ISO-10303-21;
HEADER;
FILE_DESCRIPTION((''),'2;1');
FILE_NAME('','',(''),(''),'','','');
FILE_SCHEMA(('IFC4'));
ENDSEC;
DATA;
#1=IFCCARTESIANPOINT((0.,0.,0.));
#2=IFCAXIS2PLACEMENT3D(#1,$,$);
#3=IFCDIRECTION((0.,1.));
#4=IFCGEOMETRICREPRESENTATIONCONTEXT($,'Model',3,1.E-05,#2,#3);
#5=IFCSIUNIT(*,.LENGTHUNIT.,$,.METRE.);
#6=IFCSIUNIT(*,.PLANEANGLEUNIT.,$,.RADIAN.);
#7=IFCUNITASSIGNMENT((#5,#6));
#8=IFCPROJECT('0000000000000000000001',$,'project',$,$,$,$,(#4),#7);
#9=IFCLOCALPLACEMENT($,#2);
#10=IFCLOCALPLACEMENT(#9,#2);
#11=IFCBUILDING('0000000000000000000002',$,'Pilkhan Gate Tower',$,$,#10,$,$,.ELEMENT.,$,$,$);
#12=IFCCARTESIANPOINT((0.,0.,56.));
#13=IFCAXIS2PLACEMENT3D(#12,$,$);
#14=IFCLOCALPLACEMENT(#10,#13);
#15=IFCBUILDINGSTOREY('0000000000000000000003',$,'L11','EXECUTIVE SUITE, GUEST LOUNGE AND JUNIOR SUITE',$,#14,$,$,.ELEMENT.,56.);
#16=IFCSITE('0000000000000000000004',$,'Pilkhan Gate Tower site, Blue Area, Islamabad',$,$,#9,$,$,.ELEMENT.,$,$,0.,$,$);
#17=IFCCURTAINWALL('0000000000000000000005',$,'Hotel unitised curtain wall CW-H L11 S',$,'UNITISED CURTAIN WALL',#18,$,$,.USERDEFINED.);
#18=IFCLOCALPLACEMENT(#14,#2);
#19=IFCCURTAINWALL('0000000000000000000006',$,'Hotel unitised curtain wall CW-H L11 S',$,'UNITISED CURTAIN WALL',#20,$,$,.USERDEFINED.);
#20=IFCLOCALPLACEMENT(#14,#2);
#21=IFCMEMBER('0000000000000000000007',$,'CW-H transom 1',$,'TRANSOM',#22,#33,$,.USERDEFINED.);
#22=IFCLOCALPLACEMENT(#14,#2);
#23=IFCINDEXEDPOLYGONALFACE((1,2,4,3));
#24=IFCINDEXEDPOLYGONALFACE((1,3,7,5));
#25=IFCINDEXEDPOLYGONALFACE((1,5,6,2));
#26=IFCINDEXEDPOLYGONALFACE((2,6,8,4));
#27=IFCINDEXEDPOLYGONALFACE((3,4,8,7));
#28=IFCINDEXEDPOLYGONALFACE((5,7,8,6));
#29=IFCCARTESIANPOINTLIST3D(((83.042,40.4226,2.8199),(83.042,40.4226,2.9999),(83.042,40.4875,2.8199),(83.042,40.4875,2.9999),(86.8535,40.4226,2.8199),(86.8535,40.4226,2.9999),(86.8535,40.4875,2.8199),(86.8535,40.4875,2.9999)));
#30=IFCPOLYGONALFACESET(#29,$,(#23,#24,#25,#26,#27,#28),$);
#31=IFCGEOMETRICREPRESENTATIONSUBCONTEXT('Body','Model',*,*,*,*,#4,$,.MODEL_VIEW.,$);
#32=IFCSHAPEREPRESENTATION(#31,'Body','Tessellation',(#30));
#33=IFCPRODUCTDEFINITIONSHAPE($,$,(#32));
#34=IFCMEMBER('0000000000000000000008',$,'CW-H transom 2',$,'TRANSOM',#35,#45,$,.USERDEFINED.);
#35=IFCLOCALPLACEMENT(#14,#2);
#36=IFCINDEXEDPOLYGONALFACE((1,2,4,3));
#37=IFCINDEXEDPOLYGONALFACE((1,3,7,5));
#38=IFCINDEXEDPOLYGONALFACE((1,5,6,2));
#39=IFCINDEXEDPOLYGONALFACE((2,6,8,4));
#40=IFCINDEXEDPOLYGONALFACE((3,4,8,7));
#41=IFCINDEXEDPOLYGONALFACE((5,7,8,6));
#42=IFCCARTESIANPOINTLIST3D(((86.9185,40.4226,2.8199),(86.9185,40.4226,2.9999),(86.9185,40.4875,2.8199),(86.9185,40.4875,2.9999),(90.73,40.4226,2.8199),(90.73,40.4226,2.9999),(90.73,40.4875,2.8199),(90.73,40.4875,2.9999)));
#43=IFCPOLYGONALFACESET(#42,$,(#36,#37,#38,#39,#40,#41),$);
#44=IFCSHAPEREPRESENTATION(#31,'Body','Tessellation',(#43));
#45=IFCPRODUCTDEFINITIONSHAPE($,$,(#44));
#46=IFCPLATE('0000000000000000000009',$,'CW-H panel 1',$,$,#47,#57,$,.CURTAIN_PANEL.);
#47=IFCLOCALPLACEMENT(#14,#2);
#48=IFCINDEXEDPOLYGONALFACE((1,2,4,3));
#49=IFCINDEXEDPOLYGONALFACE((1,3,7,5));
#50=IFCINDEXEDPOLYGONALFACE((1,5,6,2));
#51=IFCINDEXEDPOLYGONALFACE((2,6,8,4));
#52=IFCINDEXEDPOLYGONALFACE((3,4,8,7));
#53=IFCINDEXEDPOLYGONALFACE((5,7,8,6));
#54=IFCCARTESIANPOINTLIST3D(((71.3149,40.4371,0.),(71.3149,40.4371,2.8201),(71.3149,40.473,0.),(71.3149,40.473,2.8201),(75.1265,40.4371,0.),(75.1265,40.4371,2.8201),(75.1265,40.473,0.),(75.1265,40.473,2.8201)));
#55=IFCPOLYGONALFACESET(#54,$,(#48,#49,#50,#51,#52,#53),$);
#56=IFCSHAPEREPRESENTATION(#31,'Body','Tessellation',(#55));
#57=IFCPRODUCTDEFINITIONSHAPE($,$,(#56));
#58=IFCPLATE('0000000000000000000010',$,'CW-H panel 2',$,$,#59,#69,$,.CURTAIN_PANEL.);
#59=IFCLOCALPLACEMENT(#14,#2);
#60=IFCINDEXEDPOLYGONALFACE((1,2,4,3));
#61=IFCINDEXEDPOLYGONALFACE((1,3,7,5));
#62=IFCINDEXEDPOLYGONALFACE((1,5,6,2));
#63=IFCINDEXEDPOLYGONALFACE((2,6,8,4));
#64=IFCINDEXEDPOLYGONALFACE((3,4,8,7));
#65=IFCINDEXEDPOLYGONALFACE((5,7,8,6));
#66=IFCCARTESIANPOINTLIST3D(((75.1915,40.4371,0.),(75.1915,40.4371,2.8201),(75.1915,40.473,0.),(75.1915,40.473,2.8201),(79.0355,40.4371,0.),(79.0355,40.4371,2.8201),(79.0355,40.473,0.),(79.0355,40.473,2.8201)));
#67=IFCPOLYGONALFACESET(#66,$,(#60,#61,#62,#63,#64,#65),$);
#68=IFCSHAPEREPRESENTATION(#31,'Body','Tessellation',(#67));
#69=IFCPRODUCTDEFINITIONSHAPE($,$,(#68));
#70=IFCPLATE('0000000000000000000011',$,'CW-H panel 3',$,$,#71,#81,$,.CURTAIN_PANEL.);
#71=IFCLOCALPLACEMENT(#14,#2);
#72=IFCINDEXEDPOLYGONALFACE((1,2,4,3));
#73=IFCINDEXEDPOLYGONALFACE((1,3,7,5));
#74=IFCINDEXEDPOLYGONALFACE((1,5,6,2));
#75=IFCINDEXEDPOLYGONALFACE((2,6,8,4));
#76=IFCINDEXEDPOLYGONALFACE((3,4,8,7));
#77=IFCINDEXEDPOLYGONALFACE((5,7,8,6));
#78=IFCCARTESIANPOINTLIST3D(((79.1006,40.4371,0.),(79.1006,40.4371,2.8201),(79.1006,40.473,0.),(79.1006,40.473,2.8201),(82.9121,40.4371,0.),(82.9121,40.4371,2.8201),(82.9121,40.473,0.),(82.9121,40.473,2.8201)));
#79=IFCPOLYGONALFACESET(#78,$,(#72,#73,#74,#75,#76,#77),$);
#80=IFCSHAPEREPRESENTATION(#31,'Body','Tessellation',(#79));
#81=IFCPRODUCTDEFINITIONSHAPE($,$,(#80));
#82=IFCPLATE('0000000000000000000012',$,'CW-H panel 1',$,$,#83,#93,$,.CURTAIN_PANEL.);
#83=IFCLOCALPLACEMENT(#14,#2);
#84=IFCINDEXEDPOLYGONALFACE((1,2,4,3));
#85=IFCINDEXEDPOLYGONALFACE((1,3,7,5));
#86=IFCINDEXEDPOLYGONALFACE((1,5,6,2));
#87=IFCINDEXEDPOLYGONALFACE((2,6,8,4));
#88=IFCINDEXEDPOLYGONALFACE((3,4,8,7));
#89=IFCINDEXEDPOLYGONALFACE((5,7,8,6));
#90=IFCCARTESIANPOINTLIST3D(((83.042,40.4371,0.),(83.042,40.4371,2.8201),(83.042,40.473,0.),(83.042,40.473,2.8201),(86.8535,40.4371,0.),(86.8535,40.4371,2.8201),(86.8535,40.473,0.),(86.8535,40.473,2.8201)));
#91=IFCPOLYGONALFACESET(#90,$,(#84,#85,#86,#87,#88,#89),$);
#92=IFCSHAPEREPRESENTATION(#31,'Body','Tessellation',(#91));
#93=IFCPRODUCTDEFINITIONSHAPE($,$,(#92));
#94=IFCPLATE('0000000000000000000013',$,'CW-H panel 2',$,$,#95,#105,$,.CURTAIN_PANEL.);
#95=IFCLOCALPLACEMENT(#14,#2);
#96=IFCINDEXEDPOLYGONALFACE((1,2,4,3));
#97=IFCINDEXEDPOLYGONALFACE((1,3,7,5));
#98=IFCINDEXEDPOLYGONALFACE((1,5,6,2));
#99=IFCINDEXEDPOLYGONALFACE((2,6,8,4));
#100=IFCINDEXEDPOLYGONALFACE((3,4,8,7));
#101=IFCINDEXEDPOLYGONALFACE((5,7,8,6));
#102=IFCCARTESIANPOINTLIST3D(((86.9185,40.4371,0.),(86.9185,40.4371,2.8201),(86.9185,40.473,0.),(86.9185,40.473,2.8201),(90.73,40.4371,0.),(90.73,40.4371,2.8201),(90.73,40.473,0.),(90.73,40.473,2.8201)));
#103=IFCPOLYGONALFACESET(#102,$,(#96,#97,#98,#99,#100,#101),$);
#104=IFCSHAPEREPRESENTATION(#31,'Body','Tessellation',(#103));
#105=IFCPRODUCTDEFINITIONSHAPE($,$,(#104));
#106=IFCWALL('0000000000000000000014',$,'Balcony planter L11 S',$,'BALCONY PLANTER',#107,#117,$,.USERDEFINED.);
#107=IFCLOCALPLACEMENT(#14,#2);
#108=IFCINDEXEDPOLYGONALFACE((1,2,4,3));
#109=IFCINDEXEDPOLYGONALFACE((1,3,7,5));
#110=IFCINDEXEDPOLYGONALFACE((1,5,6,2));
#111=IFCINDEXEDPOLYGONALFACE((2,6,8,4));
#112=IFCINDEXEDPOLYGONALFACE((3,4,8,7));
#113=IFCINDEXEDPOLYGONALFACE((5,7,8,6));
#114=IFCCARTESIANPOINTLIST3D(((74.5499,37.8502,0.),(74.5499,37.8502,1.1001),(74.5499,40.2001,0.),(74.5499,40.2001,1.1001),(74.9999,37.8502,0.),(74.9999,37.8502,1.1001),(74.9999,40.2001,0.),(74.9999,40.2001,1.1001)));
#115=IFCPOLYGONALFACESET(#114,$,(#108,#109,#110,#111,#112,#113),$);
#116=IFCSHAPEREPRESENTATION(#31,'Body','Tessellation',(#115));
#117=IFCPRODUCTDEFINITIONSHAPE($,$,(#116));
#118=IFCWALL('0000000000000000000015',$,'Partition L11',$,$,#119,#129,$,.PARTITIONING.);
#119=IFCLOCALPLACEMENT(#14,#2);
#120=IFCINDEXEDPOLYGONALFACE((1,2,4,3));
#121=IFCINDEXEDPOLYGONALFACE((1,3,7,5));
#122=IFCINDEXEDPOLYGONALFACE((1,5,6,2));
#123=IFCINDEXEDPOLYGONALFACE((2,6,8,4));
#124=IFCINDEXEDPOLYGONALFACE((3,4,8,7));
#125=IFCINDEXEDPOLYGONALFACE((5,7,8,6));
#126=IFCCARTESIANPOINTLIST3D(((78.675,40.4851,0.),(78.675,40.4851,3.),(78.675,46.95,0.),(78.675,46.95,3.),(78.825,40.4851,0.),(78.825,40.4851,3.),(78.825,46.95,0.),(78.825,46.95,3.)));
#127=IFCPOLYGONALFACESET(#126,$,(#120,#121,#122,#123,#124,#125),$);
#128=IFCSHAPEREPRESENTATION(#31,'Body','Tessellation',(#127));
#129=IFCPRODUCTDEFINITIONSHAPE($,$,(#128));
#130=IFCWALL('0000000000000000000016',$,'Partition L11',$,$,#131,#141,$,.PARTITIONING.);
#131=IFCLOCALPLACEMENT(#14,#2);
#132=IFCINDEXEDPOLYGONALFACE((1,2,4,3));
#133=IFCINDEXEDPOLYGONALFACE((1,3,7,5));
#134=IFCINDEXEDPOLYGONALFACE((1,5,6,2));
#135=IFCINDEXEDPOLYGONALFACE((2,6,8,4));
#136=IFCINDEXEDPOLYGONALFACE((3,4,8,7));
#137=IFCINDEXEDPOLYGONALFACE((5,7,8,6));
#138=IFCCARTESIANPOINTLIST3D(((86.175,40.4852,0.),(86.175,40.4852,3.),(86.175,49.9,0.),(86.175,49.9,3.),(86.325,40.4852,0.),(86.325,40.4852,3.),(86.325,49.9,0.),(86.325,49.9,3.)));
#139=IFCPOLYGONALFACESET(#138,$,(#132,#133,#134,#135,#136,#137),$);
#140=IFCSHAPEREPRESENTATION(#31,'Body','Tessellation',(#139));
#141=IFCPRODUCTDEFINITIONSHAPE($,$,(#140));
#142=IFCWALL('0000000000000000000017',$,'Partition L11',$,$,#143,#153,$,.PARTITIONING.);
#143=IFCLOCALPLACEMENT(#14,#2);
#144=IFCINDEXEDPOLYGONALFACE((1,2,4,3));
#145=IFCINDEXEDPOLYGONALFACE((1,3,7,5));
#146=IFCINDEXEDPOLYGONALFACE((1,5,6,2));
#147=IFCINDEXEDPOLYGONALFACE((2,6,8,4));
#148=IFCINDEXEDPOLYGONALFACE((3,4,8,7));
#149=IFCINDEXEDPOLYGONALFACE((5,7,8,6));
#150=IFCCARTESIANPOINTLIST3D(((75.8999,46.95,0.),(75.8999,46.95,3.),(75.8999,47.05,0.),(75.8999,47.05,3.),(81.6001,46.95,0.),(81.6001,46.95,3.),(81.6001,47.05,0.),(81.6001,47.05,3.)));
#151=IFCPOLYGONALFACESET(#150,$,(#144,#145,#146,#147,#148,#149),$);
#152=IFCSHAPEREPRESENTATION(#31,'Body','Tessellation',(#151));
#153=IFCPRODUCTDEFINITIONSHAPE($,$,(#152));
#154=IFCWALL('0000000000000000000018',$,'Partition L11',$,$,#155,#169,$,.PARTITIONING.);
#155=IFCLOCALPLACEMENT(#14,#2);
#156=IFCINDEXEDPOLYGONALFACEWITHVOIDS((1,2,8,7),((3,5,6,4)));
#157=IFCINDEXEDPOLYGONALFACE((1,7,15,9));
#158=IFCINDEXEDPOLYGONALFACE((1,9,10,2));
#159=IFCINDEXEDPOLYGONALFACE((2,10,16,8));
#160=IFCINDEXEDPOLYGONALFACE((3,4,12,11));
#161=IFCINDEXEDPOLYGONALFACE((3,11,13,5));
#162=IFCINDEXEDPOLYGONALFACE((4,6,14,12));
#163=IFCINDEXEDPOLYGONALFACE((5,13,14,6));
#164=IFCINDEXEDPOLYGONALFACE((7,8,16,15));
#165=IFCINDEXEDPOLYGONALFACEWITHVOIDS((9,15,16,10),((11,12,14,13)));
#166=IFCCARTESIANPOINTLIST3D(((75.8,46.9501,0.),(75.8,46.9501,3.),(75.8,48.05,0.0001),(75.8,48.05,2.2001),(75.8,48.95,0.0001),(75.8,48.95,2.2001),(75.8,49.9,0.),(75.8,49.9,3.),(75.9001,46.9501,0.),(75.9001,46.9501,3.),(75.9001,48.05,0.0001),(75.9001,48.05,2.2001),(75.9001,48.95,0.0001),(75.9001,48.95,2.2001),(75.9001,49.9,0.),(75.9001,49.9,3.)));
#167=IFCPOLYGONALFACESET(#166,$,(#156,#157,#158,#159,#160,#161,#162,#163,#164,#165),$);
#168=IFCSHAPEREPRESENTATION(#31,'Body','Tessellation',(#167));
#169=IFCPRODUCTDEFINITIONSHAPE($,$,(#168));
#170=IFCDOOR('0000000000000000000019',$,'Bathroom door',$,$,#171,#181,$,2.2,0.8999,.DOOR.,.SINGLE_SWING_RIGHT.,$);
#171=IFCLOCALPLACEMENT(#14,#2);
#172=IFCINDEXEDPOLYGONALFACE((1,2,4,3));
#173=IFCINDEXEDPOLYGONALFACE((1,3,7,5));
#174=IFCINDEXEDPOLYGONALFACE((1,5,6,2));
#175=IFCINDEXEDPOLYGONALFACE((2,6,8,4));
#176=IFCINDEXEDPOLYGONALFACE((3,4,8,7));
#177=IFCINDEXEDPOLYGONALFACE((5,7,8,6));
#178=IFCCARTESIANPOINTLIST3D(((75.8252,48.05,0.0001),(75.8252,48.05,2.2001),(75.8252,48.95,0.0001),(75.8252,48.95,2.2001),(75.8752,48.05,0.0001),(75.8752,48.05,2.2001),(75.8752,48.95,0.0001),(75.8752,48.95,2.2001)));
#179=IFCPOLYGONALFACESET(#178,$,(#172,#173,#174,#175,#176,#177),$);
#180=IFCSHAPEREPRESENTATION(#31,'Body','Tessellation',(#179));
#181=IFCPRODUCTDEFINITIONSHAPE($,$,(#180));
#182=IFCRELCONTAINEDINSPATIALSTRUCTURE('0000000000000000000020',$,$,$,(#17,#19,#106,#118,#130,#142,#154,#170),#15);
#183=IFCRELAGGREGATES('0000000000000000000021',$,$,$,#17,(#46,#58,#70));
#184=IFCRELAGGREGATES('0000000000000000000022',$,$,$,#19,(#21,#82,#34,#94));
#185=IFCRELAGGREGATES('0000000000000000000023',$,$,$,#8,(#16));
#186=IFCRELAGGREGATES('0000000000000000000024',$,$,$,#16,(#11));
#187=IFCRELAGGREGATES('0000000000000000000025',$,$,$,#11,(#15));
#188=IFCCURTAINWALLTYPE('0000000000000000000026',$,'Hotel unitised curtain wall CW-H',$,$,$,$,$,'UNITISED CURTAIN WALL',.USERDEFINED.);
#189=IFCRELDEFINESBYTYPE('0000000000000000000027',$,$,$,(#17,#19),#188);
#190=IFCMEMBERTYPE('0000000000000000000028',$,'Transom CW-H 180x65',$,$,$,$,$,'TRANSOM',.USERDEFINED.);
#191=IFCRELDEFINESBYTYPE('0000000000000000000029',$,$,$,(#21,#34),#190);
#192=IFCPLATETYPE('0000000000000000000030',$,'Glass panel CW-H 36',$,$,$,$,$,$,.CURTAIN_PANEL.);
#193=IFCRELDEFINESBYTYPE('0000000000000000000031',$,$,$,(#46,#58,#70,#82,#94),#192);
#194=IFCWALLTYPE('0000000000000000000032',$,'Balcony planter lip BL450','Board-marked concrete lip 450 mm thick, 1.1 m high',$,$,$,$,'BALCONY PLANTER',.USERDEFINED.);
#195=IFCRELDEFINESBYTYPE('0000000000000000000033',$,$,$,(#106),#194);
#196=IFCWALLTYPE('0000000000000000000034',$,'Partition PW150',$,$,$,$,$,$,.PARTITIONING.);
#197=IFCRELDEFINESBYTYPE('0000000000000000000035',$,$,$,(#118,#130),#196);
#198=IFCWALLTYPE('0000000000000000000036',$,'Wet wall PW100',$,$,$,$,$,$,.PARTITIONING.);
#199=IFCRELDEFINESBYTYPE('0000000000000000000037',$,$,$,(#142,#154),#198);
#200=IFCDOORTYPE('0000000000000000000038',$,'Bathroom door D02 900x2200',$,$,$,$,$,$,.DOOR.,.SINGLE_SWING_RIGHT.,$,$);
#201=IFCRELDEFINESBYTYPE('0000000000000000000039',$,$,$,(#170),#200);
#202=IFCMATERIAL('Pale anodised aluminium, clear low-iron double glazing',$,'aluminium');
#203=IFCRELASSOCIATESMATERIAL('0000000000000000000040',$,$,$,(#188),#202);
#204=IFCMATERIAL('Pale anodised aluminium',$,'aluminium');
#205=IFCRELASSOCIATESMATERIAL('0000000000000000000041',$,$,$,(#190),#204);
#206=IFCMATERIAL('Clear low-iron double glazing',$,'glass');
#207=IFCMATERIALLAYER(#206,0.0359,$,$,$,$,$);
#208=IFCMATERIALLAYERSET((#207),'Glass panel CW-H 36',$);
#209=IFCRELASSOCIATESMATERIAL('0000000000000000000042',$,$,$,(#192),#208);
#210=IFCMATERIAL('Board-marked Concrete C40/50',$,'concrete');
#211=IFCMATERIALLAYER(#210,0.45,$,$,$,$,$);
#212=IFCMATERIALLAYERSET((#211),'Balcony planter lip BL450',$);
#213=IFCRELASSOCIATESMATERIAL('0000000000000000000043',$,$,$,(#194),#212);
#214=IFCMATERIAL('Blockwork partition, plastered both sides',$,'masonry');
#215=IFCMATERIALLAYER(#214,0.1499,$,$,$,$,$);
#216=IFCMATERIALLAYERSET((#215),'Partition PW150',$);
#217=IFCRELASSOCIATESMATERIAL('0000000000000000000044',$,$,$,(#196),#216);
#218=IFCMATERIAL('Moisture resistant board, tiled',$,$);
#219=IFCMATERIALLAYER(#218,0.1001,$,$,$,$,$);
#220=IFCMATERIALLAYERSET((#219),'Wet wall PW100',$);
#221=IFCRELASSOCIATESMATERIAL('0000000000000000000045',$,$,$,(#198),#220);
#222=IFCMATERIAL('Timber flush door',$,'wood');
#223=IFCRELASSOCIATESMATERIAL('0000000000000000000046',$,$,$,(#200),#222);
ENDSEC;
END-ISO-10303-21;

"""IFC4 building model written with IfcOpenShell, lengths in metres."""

from ifc_helpers import new_model, si_unit, direction, frame, frame_2d, origin, origin_2d, place, context, subcontext, project, spatial, rectangle, extrude, material, layer, layer_set, material_profile, profile_set, type_object, element, fill, aggregate, save


model = new_model("IFC4")

# Units and contexts
model_context = context("Model", 3, precision=1e-05, world=origin(), true_north=direction((0.0, 1.0)))
body_context = subcontext(model_context, "Body", "Model", "MODEL_VIEW")
ifc_project = project(units=[si_unit("LENGTHUNIT", "METRE"), si_unit("PLANEANGLEUNIT", "RADIAN")], contexts=[model_context])

# Site, building, storey
site_placement = place(None, origin())
site = spatial("IfcSite", under=ifc_project, at=site_placement, Name="Pilkhan Gate Tower site, Blue Area, Islamabad", CompositionType="ELEMENT", RefElevation=0.0)
building_placement = place(site_placement, origin())
building = spatial("IfcBuilding", under=site, at=building_placement, Name="Pilkhan Gate Tower", CompositionType="ELEMENT")
storey_placement = place(building_placement, frame((0.0, 0.0, 56.0)))
storey = spatial("IfcBuildingStorey", under=building, at=storey_placement, Name="L11", Description="EXECUTIVE SUITE, GUEST LOUNGE AND JUNIOR SUITE", CompositionType="ELEMENT", Elevation=56.0)

# Curtain walls
ifc_material_1 = material(Name="Pale anodised aluminium, clear low-iron double glazing", Category="aluminium")
curtain_wall_type = type_object("IfcCurtainWallType", Name="Hotel unitised curtain wall CW-H", ElementType="UNITISED CURTAIN WALL", PredefinedType="USERDEFINED", material=ifc_material_1)
curtain_wall_1_placement = place(storey_placement, origin())
curtain_wall_1 = element("IfcCurtainWall", 1, at=curtain_wall_1_placement, inside=storey, type_object=curtain_wall_type, Name="Hotel unitised curtain wall CW-H L11 S", ObjectType="UNITISED CURTAIN WALL", PredefinedType="USERDEFINED")
ifc_material_2 = material(Name="Pale anodised aluminium", Category="aluminium")
curtain_wall_2_placement = place(storey_placement, origin())
curtain_wall_2 = element("IfcCurtainWall", 2, at=curtain_wall_2_placement, inside=storey, type_object=curtain_wall_type, Name="Hotel unitised curtain wall CW-H L11 S", ObjectType="UNITISED CURTAIN WALL", PredefinedType="USERDEFINED")

# Members
ifc_material_profile_1 = material_profile(ifc_material_2, rectangle(XDim=0.0649, YDim=0.1799, at=origin_2d()), Name="Transom 180x65")
ifc_profile_set_1 = profile_set([ifc_material_profile_1], Name="Pale anodised aluminium")
member_type_1 = type_object("IfcMemberType", Name="Transom CW-H 180x65", ElementType="TRANSOM", PredefinedType="USERDEFINED", material=ifc_profile_set_1)
member_1_placement = place(storey_placement, frame((83.042, 40.4551, 2.9099), z_axis=(1.0, 0.0, 0.0), x_axis=(0.0, 1.0, 0.0)))
member_1 = element("IfcMember", 3, at=member_1_placement, type_object=member_type_1, Name="CW-H transom 1", ObjectType="TRANSOM", PredefinedType="USERDEFINED", context=body_context, shape_type="SweptSolid", body=[
    extrude(rectangle(XDim=0.0649, YDim=0.1799, at=origin_2d()), origin(), (0.0, 0.0, 1.0), 3.8115),
])
member_2_placement = place(storey_placement, frame((86.9185, 40.4551, 2.9099), z_axis=(1.0, 0.0, 0.0), x_axis=(0.0, 1.0, 0.0)))
member_2 = element("IfcMember", 4, at=member_2_placement, type_object=member_type_1, Name="CW-H transom 2", ObjectType="TRANSOM", PredefinedType="USERDEFINED", context=body_context, shape_type="SweptSolid", body=[
    extrude(rectangle(XDim=0.0649, YDim=0.1799, at=origin_2d()), origin(), (0.0, 0.0, 1.0), 3.8115),
])

# Plates
ifc_material_3 = material(Name="Clear low-iron double glazing", Category="glass")
ifc_layer_1 = layer(ifc_material_3, 0.0359)
ifc_layer_set_1 = layer_set([ifc_layer_1], Name="Glass panel CW-H 36")
plate_type = type_object("IfcPlateType", Name="Glass panel CW-H 36", PredefinedType="CURTAIN_PANEL", material=ifc_layer_set_1)
plate_1_placement = place(storey_placement, frame((73.2207, 40.4551, 0.0), z_axis=(0.0, 0.0, 1.0), x_axis=(1.0, 0.0, 0.0)))
plate_1 = element("IfcPlate", 5, at=plate_1_placement, type_object=plate_type, Name="CW-H panel 1", PredefinedType="CURTAIN_PANEL", context=body_context, shape_type="SweptSolid", body=[
    extrude(rectangle(XDim=3.8115, YDim=0.0359, at=origin_2d()), origin(), (0.0, 0.0, 1.0), 2.8201),
])
plate_2_placement = place(storey_placement, frame((77.1135, 40.4551, 0.0), z_axis=(0.0, 0.0, 1.0), x_axis=(1.0, 0.0, 0.0)))
plate_2 = element("IfcPlate", 6, at=plate_2_placement, type_object=plate_type, Name="CW-H panel 2", PredefinedType="CURTAIN_PANEL", context=body_context, shape_type="SweptSolid", body=[
    extrude(rectangle(XDim=3.844, YDim=0.0359, at=origin_2d()), origin(), (0.0, 0.0, 1.0), 2.8201),
])
plate_3_placement = place(storey_placement, frame((81.0063, 40.4551, 0.0), z_axis=(0.0, 0.0, 1.0), x_axis=(1.0, 0.0, 0.0)))
plate_3 = element("IfcPlate", 7, at=plate_3_placement, type_object=plate_type, Name="CW-H panel 3", PredefinedType="CURTAIN_PANEL", context=body_context, shape_type="SweptSolid", body=[
    extrude(rectangle(XDim=3.8115, YDim=0.0359, at=origin_2d()), origin(), (0.0, 0.0, 1.0), 2.8201),
])
aggregate(curtain_wall_1, [plate_1, plate_2, plate_3])
plate_4_placement = place(storey_placement, frame((84.9478, 40.4551, 0.0), z_axis=(0.0, 0.0, 1.0), x_axis=(1.0, 0.0, 0.0)))
plate_4 = element("IfcPlate", 8, at=plate_4_placement, type_object=plate_type, Name="CW-H panel 1", PredefinedType="CURTAIN_PANEL", context=body_context, shape_type="SweptSolid", body=[
    extrude(rectangle(XDim=3.8115, YDim=0.0359, at=origin_2d()), origin(), (0.0, 0.0, 1.0), 2.8201),
])
plate_5_placement = place(storey_placement, frame((88.8242, 40.4551, 0.0), z_axis=(0.0, 0.0, 1.0), x_axis=(1.0, 0.0, 0.0)))
plate_5 = element("IfcPlate", 9, at=plate_5_placement, type_object=plate_type, Name="CW-H panel 2", PredefinedType="CURTAIN_PANEL", context=body_context, shape_type="SweptSolid", body=[
    extrude(rectangle(XDim=3.8115, YDim=0.0359, at=origin_2d()), origin(), (0.0, 0.0, 1.0), 2.8201),
])
aggregate(curtain_wall_2, [member_1, plate_4, member_2, plate_5])

# Walls
ifc_material_4 = material(Name="Board-marked Concrete C40/50", Category="concrete")
ifc_layer_2 = layer(ifc_material_4, 0.45)
ifc_layer_set_2 = layer_set([ifc_layer_2], Name="Balcony planter lip BL450")
wall_type_1 = type_object("IfcWallType", Name="Balcony planter lip BL450", Description="Board-marked concrete lip 450 mm thick, 1.1 m high", ElementType="BALCONY PLANTER", PredefinedType="USERDEFINED", material=ifc_layer_set_2)
wall_1_placement = place(storey_placement, frame((74.7749, 40.2, 0.0), z_axis=(0.0, 0.0, 1.0), x_axis=(0.0, -1.0, 0.0)))
element("IfcWall", 10, at=wall_1_placement, inside=storey, type_object=wall_type_1, Name="Balcony planter L11 S", ObjectType="BALCONY PLANTER", PredefinedType="USERDEFINED", context=body_context, shape_type="SweptSolid", body=[
    extrude(rectangle(XDim=2.3499, YDim=0.45, at=frame_2d((1.1748, 0.0))), origin(), (0.0, 0.0, 1.0), 1.1001),
])
ifc_material_5 = material(Name="Blockwork partition, plastered both sides", Category="masonry")
ifc_layer_3 = layer(ifc_material_5, 0.1499)
ifc_layer_set_3 = layer_set([ifc_layer_3], Name="Partition PW150")
wall_type_2 = type_object("IfcWallType", Name="Partition PW150", PredefinedType="PARTITIONING", material=ifc_layer_set_3)
wall_2_placement = place(storey_placement, frame((78.75, 40.4851, 0.0), z_axis=(0.0, 0.0, 1.0), x_axis=(0.0, 1.0, 0.0)))
element("IfcWall", 11, at=wall_2_placement, inside=storey, type_object=wall_type_2, Name="Partition L11", PredefinedType="PARTITIONING", context=body_context, shape_type="SweptSolid", body=[
    extrude(rectangle(XDim=6.4648, YDim=0.1499, at=frame_2d((3.2324, 0.0))), origin(), (0.0, 0.0, 1.0), 3.0),
])
wall_3_placement = place(storey_placement, frame((86.25, 40.4851, 0.0), z_axis=(0.0, 0.0, 1.0), x_axis=(0.0, 1.0, 0.0)))
element("IfcWall", 12, at=wall_3_placement, inside=storey, type_object=wall_type_2, Name="Partition L11", PredefinedType="PARTITIONING", context=body_context, shape_type="SweptSolid", body=[
    extrude(rectangle(XDim=9.4148, YDim=0.1499, at=frame_2d((4.7075, 0.0))), origin(), (0.0, 0.0, 1.0), 3.0),
])
ifc_material_6 = material(Name="Moisture resistant board, tiled")
ifc_layer_4 = layer(ifc_material_6, 0.1001)
ifc_layer_set_4 = layer_set([ifc_layer_4], Name="Wet wall PW100")
wall_type_3 = type_object("IfcWallType", Name="Wet wall PW100", PredefinedType="PARTITIONING", material=ifc_layer_set_4)
wall_4_placement = place(storey_placement, frame((75.8999, 47.0, 0.0), z_axis=(0.0, 0.0, 1.0), x_axis=(1.0, 0.0, 0.0)))
element("IfcWall", 13, at=wall_4_placement, inside=storey, type_object=wall_type_3, Name="Partition L11", PredefinedType="PARTITIONING", context=body_context, shape_type="SweptSolid", body=[
    extrude(rectangle(XDim=5.7002, YDim=0.1001, at=frame_2d((2.8501, 0.0))), origin(), (0.0, 0.0, 1.0), 3.0),
])

# Wall, opening, door
wall_5_placement = place(storey_placement, frame((75.8501, 46.95, 0.0), z_axis=(0.0, 0.0, 1.0), x_axis=(0.0, 1.0, 0.0)))
wall_5 = element("IfcWall", 14, at=wall_5_placement, inside=storey, type_object=wall_type_3, Name="Partition L11", PredefinedType="PARTITIONING", context=body_context, shape_type="SweptSolid", body=[
    extrude(rectangle(XDim=2.95, YDim=0.1001, at=frame_2d((1.4751, 0.0))), origin(), (0.0, 0.0, 1.0), 3.0),
])
opening_1_placement = place(wall_5_placement, frame((1.1001, 0.0, 0.0)))
opening_1 = element("IfcOpeningElement", 15, at=opening_1_placement, cuts=wall_5, PredefinedType="OPENING", context=body_context, shape_type="SweptSolid", body=[
    extrude(rectangle(XDim=0.8999, YDim=2.2, at=frame_2d((0.45, 1.1001))), frame((0.0, 0.0601, 0.0), z_axis=(0.0, -1.0, 0.0), x_axis=(1.0, 0.0, 0.0)), (0.0, 0.0, 1.0), 0.1201),
])
ifc_material_7 = material(Name="Timber flush door", Category="wood")
door_type = type_object("IfcDoorType", Name="Bathroom door D02 900x2200", OperationType="SINGLE_SWING_RIGHT", PredefinedType="DOOR", material=ifc_material_7)
door_1_placement = place(opening_1_placement, origin())
door_1 = element("IfcDoor", 16, at=door_1_placement, inside=storey, type_object=door_type, Name="Bathroom door", OperationType="SINGLE_SWING_RIGHT", OverallHeight=2.2, OverallWidth=0.8999, PredefinedType="DOOR", context=body_context, shape_type="SweptSolid", body=[
    extrude(rectangle(XDim=0.8999, YDim=2.2, at=frame_2d((0.45, 1.1001))), frame((0.0, 0.0249, 0.0), z_axis=(0.0, -1.0, 0.0), x_axis=(1.0, 0.0, 0.0)), (0.0, 0.0, 1.0), 0.05),
])
fill(opening_1, door_1)

save(model, "model.ifc")
